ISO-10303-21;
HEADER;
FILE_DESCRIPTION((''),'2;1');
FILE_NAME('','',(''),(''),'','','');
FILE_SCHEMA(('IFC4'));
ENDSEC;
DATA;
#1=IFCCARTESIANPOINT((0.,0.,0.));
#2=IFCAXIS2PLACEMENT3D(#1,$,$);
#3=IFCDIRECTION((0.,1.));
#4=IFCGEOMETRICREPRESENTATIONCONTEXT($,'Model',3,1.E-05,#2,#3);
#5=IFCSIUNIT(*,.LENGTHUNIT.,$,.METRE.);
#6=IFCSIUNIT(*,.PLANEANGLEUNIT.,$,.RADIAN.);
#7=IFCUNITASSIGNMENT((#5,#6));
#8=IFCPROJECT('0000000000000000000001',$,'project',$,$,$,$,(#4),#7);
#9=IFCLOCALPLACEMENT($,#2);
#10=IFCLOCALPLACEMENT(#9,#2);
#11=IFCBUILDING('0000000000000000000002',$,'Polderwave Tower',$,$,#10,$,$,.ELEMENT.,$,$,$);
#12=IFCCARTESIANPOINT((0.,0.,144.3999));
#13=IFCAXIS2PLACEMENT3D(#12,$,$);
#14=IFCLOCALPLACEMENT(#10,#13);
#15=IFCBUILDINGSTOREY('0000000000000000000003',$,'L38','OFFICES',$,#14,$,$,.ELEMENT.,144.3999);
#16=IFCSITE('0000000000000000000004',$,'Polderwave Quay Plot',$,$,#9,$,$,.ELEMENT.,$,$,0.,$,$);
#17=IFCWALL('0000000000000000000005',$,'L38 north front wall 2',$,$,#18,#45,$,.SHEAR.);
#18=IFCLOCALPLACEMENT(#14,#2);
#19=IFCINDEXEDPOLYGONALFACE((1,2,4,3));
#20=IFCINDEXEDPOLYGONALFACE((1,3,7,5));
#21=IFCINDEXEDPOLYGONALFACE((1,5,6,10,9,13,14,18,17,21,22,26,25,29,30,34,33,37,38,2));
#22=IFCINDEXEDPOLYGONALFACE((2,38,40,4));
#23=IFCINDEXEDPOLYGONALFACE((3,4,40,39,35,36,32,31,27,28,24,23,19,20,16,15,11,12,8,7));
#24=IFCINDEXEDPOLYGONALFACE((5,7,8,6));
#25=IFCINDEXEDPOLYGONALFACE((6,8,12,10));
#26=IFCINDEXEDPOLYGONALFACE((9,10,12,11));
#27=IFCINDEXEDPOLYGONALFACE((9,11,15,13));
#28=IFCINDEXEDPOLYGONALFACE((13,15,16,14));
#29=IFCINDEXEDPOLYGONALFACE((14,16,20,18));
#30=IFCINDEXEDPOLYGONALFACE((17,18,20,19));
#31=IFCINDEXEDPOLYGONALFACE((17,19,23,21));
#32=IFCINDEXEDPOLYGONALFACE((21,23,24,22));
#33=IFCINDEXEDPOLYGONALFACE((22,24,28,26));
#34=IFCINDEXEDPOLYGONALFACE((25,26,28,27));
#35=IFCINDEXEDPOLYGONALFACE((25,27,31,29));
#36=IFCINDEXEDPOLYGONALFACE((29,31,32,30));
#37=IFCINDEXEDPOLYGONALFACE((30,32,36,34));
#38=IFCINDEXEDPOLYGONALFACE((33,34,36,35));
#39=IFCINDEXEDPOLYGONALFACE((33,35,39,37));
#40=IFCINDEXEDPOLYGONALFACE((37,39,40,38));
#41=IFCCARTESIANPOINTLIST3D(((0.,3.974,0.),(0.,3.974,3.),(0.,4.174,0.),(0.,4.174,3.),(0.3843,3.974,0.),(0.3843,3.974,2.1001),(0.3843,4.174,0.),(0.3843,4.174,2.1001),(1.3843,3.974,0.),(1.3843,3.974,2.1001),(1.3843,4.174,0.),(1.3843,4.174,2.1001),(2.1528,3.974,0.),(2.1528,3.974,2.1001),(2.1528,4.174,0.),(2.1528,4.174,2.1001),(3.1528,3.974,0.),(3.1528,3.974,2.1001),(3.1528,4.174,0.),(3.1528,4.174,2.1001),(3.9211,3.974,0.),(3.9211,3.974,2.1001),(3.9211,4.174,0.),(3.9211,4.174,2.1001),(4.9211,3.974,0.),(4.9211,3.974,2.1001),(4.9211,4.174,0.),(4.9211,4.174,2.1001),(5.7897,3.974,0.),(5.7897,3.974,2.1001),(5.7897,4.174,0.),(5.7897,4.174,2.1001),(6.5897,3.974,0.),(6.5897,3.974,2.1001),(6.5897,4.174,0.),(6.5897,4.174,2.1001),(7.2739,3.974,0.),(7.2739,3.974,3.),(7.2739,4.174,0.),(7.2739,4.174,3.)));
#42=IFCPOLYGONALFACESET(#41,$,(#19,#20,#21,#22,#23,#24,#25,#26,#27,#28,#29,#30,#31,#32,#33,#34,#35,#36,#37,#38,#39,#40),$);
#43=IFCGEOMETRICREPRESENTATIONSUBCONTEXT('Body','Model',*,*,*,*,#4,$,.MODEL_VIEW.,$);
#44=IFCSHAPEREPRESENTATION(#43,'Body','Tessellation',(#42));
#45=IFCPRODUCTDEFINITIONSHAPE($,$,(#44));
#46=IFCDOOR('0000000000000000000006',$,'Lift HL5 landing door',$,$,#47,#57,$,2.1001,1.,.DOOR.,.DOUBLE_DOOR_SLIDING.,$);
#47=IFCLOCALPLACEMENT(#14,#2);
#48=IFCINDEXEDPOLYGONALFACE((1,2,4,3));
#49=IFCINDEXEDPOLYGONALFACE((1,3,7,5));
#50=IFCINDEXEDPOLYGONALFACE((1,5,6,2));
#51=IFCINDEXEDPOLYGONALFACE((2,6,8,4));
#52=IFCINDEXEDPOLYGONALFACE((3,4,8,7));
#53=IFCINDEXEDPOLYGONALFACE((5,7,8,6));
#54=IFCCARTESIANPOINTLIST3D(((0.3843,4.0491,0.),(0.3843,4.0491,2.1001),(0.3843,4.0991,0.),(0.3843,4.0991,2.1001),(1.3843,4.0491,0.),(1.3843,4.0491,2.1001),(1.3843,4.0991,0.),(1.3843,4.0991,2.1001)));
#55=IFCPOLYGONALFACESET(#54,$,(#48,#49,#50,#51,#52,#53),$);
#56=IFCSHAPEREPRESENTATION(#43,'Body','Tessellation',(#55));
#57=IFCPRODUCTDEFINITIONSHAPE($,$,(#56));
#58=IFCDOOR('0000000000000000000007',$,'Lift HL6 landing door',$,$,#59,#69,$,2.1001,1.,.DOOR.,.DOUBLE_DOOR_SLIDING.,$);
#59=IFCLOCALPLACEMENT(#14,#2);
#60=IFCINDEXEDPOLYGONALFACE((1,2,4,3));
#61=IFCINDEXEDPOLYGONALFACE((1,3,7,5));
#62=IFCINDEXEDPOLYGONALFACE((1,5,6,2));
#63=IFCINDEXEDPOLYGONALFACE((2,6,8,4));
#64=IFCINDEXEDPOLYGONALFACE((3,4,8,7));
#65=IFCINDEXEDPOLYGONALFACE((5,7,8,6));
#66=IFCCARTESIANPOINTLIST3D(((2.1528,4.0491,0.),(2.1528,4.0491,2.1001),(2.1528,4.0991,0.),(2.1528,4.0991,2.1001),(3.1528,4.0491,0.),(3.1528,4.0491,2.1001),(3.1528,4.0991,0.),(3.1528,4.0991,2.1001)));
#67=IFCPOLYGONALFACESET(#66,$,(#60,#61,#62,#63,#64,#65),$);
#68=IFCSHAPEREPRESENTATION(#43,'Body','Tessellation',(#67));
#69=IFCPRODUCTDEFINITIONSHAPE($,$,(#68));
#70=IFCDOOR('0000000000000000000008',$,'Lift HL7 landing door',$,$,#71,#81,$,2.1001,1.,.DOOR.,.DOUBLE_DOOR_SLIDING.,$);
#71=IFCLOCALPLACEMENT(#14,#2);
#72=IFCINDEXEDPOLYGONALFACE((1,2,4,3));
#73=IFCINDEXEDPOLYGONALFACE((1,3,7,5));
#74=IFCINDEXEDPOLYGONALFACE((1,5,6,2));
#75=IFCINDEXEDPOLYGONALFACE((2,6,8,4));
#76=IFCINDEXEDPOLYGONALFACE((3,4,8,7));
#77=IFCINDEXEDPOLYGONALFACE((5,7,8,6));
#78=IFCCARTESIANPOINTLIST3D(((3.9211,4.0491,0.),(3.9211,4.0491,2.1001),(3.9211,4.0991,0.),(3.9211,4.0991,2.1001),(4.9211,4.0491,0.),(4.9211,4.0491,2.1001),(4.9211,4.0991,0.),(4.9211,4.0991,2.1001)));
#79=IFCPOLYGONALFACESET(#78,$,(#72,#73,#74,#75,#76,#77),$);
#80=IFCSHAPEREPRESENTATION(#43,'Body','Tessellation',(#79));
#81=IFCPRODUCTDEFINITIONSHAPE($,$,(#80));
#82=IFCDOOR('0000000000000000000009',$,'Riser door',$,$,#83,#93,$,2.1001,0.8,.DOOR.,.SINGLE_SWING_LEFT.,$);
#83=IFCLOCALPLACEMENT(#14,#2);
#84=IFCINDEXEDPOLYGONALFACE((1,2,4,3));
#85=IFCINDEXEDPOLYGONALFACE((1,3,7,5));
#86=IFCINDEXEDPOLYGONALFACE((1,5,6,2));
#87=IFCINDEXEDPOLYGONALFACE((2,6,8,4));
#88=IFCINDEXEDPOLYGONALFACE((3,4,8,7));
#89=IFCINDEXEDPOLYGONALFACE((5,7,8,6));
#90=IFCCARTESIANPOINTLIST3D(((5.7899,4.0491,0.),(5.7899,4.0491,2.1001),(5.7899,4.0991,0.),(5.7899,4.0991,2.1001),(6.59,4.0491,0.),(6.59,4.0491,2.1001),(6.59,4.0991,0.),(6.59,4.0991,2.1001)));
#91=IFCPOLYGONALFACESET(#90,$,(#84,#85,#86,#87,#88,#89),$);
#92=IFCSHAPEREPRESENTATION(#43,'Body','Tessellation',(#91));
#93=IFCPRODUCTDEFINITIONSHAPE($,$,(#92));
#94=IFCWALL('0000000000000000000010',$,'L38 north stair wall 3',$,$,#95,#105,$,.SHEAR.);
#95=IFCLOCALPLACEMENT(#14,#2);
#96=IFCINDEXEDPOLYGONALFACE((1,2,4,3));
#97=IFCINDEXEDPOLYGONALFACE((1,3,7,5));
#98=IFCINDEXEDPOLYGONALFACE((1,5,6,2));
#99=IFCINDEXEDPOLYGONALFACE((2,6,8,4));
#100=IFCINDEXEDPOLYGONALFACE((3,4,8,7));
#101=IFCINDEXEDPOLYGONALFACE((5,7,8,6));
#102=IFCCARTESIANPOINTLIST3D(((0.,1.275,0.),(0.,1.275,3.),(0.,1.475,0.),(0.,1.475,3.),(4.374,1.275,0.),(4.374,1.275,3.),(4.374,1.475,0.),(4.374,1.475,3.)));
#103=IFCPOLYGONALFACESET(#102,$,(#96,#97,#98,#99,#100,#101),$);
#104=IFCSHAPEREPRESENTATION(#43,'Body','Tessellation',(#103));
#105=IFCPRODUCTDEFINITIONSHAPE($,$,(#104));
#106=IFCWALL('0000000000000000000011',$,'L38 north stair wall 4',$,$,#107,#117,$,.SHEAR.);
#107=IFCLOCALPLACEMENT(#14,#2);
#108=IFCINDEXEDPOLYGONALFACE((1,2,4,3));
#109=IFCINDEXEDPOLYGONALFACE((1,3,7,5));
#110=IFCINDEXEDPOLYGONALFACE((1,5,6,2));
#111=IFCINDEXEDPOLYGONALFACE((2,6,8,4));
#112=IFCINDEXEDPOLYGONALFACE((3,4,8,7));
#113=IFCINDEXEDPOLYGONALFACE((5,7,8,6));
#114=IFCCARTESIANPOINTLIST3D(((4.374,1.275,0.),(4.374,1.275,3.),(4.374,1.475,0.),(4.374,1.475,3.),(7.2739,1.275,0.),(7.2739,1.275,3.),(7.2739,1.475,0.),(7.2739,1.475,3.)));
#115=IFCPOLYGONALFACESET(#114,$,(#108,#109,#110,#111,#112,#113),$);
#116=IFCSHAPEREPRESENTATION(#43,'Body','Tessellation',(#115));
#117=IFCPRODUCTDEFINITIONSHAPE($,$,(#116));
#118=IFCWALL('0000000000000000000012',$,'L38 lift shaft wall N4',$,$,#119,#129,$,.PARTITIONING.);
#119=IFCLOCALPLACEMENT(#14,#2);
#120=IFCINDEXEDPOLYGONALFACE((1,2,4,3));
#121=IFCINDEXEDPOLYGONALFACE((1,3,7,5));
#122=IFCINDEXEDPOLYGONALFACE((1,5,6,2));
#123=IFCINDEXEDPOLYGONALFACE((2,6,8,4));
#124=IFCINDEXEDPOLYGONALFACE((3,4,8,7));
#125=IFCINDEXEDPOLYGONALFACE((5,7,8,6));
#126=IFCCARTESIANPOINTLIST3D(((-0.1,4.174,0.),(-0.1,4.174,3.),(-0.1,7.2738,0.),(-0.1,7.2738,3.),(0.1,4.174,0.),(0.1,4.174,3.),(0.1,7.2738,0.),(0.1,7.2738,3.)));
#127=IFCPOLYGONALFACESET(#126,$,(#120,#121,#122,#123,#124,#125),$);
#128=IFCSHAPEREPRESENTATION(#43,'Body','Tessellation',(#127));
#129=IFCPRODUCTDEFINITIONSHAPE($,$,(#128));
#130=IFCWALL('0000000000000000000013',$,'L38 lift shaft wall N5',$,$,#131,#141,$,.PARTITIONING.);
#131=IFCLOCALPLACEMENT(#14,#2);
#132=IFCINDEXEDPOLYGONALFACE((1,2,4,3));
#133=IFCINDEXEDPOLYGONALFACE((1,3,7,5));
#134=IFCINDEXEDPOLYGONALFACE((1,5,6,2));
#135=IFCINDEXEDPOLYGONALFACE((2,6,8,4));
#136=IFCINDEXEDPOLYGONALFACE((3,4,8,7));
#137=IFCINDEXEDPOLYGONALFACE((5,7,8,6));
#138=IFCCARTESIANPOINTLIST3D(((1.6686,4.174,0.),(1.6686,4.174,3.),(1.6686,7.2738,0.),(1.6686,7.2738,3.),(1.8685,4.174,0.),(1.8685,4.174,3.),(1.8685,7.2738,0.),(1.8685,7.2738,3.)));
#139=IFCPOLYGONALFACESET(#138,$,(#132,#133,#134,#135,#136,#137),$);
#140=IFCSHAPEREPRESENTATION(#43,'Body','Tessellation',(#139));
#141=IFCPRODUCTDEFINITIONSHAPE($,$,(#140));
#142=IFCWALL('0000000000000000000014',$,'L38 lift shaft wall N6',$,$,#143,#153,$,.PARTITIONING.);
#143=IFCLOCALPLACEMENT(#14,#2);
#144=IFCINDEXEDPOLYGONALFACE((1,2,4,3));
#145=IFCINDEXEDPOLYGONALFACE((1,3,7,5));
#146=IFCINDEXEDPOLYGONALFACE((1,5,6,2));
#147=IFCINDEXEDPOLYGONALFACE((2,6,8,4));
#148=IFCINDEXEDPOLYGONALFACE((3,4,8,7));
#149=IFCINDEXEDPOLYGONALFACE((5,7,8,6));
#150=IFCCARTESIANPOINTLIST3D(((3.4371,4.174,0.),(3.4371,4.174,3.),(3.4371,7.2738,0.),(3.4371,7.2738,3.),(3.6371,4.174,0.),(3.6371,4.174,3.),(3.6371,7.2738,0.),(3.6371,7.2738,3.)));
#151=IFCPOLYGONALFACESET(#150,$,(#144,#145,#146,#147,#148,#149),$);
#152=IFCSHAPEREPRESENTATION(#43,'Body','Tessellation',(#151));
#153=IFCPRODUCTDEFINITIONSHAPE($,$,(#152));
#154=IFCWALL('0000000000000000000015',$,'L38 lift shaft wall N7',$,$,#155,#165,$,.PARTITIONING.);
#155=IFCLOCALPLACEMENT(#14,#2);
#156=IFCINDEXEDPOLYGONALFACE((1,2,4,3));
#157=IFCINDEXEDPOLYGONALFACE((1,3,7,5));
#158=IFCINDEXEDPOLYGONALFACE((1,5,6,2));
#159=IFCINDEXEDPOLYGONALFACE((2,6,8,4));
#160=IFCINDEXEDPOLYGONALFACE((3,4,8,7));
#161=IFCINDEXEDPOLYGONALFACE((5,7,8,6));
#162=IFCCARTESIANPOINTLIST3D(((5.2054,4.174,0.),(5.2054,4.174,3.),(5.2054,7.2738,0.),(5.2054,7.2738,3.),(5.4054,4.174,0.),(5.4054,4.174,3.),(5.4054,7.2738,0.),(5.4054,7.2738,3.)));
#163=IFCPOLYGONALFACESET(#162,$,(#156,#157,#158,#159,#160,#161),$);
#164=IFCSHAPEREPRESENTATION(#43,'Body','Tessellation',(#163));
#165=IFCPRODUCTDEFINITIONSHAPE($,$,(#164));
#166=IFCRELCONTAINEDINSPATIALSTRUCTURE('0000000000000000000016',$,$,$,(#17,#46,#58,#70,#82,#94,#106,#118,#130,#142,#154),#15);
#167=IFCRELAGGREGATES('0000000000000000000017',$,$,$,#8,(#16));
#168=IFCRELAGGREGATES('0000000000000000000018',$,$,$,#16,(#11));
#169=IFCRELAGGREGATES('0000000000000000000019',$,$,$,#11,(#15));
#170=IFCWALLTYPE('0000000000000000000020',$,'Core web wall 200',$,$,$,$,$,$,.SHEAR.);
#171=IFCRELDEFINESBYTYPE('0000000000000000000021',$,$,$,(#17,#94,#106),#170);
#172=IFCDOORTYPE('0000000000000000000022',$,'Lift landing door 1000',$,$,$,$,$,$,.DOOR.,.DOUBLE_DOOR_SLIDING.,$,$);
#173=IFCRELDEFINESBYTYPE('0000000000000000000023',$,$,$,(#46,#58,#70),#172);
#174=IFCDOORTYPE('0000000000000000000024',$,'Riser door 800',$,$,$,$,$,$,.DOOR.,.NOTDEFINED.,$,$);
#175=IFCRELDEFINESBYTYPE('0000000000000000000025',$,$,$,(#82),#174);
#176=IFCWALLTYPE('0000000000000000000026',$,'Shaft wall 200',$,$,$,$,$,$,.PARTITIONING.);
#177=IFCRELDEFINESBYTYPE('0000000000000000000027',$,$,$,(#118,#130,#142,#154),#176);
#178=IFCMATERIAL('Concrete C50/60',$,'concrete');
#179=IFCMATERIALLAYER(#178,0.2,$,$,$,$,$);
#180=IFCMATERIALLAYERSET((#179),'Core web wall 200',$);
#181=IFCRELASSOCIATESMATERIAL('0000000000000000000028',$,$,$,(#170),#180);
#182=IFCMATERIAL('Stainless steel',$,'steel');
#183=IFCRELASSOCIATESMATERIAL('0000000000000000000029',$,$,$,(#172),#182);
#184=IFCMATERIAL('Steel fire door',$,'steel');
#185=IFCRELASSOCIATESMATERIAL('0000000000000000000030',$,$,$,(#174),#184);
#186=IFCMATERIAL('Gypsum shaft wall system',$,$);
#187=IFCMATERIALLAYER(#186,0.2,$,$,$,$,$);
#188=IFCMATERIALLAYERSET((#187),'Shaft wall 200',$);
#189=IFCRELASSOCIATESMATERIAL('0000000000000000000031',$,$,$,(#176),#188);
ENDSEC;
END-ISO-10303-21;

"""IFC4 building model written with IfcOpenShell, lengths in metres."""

from ifc_helpers import new_model, si_unit, direction, frame, frame_2d, origin, place, context, subcontext, project, spatial, rectangle, extrude, material, layer, layer_set, type_object, element, fill, save


model = new_model("IFC4")

# Units and contexts
model_context = context("Model", 3, precision=1e-05, world=origin(), true_north=direction((0.0, 1.0)))
body_context = subcontext(model_context, "Body", "Model", "MODEL_VIEW")
ifc_project = project(units=[si_unit("LENGTHUNIT", "METRE"), si_unit("PLANEANGLEUNIT", "RADIAN")], contexts=[model_context])

# Site, building, storey
site_placement = place(None, origin())
site = spatial("IfcSite", under=ifc_project, at=site_placement, Name="Polderwave Quay Plot", CompositionType="ELEMENT", RefElevation=0.0)
building_placement = place(site_placement, origin())
building = spatial("IfcBuilding", under=site, at=building_placement, Name="Polderwave Tower", CompositionType="ELEMENT")
storey_placement = place(building_placement, frame((0.0, 0.0, 144.3999)))
storey = spatial("IfcBuildingStorey", under=building, at=storey_placement, Name="L38", Description="OFFICES", CompositionType="ELEMENT", Elevation=144.3999)

# Wall, openings, doors
ifc_material_1 = material(Name="Concrete C50/60", Category="concrete")
ifc_layer_1 = layer(ifc_material_1, 0.2)
ifc_layer_set_1 = layer_set([ifc_layer_1], Name="Core web wall 200")
wall_type_1 = type_object("IfcWallType", Name="Core web wall 200", PredefinedType="SHEAR", material=ifc_layer_set_1)
wall_1_placement = place(storey_placement, frame((0.0, 4.074, 0.0), z_axis=(0.0, 0.0, 1.0), x_axis=(1.0, 0.0, 0.0)))
wall_1 = element("IfcWall", 1, at=wall_1_placement, inside=storey, type_object=wall_type_1, Name="L38 north front wall 2", PredefinedType="SHEAR", context=body_context, shape_type="SweptSolid", body=[
    extrude(rectangle(XDim=7.2739, YDim=0.2, at=frame_2d((3.637, 0.0))), origin(), (0.0, 0.0, 1.0), 3.0),
])
opening_1_placement = place(wall_1_placement, frame((0.3843, 0.0, 0.0)))
opening_1 = element("IfcOpeningElement", 2, at=opening_1_placement, cuts=wall_1, PredefinedType="OPENING", context=body_context, shape_type="SweptSolid", body=[
    extrude(rectangle(XDim=1.0, YDim=2.1001, at=frame_2d((0.5, 1.05))), frame((0.0, 0.1099, 0.0), z_axis=(0.0, -1.0, 0.0), x_axis=(1.0, 0.0, 0.0)), (0.0, 0.0, 1.0), 0.22),
])
opening_2_placement = place(wall_1_placement, frame((2.1528, 0.0, 0.0)))
opening_2 = element("IfcOpeningElement", 3, at=opening_2_placement, cuts=wall_1, PredefinedType="OPENING", context=body_context, shape_type="SweptSolid", body=[
    extrude(rectangle(XDim=1.0, YDim=2.1001, at=frame_2d((0.5, 1.05))), frame((0.0, 0.1099, 0.0), z_axis=(0.0, -1.0, 0.0), x_axis=(1.0, 0.0, 0.0)), (0.0, 0.0, 1.0), 0.22),
])
opening_3_placement = place(wall_1_placement, frame((3.9211, 0.0, 0.0)))
opening_3 = element("IfcOpeningElement", 4, at=opening_3_placement, cuts=wall_1, PredefinedType="OPENING", context=body_context, shape_type="SweptSolid", body=[
    extrude(rectangle(XDim=1.0, YDim=2.1001, at=frame_2d((0.5, 1.05))), frame((0.0, 0.1099, 0.0), z_axis=(0.0, -1.0, 0.0), x_axis=(1.0, 0.0, 0.0)), (0.0, 0.0, 1.0), 0.22),
])
opening_4_placement = place(wall_1_placement, frame((5.7898, 0.0, 0.0)))
opening_4 = element("IfcOpeningElement", 5, at=opening_4_placement, cuts=wall_1, PredefinedType="OPENING", context=body_context, shape_type="SweptSolid", body=[
    extrude(rectangle(XDim=0.8, YDim=2.1001, at=frame_2d((0.3999, 1.05))), frame((0.0, 0.1099, 0.0), z_axis=(0.0, -1.0, 0.0), x_axis=(1.0, 0.0, 0.0)), (0.0, 0.0, 1.0), 0.22),
])
ifc_material_2 = material(Name="Stainless steel", Category="steel")
door_type_1 = type_object("IfcDoorType", Name="Lift landing door 1000", OperationType="DOUBLE_DOOR_SLIDING", PredefinedType="DOOR", material=ifc_material_2)
door_1_placement = place(opening_1_placement, frame((1.0, 0.0, 0.0), z_axis=(0.0, 0.0, 1.0), x_axis=(-1.0, 0.0, 0.0)))
door_1 = element("IfcDoor", 6, at=door_1_placement, inside=storey, type_object=door_type_1, Name="Lift HL5 landing door", OperationType="DOUBLE_DOOR_SLIDING", OverallHeight=2.1001, OverallWidth=1.0, PredefinedType="DOOR", context=body_context, shape_type="SweptSolid", body=[
    extrude(rectangle(XDim=1.0, YDim=2.1001, at=frame_2d((0.5, 1.05))), frame((0.0, 0.0249, 0.0), z_axis=(0.0, -1.0, 0.0), x_axis=(1.0, 0.0, 0.0)), (0.0, 0.0, 1.0), 0.05),
])
fill(opening_1, door_1)
door_2_placement = place(opening_2_placement, frame((1.0, 0.0, 0.0), z_axis=(0.0, 0.0, 1.0), x_axis=(-1.0, 0.0, 0.0)))
door_2 = element("IfcDoor", 7, at=door_2_placement, inside=storey, type_object=door_type_1, Name="Lift HL6 landing door", OperationType="DOUBLE_DOOR_SLIDING", OverallHeight=2.1001, OverallWidth=1.0, PredefinedType="DOOR", context=body_context, shape_type="SweptSolid", body=[
    extrude(rectangle(XDim=1.0, YDim=2.1001, at=frame_2d((0.5, 1.05))), frame((0.0, 0.0249, 0.0), z_axis=(0.0, -1.0, 0.0), x_axis=(1.0, 0.0, 0.0)), (0.0, 0.0, 1.0), 0.05),
])
fill(opening_2, door_2)
door_3_placement = place(opening_3_placement, frame((1.0, 0.0, 0.0), z_axis=(0.0, 0.0, 1.0), x_axis=(-1.0, 0.0, 0.0)))
door_3 = element("IfcDoor", 8, at=door_3_placement, inside=storey, type_object=door_type_1, Name="Lift HL7 landing door", OperationType="DOUBLE_DOOR_SLIDING", OverallHeight=2.1001, OverallWidth=1.0, PredefinedType="DOOR", context=body_context, shape_type="SweptSolid", body=[
    extrude(rectangle(XDim=1.0, YDim=2.1001, at=frame_2d((0.5, 1.05))), frame((0.0, 0.0249, 0.0), z_axis=(0.0, -1.0, 0.0), x_axis=(1.0, 0.0, 0.0)), (0.0, 0.0, 1.0), 0.05),
])
fill(opening_3, door_3)
ifc_material_3 = material(Name="Steel fire door", Category="steel")
door_type_2 = type_object("IfcDoorType", Name="Riser door 800", OperationType="NOTDEFINED", PredefinedType="DOOR", material=ifc_material_3)
door_4_placement = place(opening_4_placement, frame((0.8, 0.0, 0.0), z_axis=(0.0, 0.0, 1.0), x_axis=(-1.0, 0.0, 0.0)))
door_4 = element("IfcDoor", 9, at=door_4_placement, inside=storey, type_object=door_type_2, Name="Riser door", OperationType="SINGLE_SWING_LEFT", OverallHeight=2.1001, OverallWidth=0.8, PredefinedType="DOOR", context=body_context, shape_type="SweptSolid", body=[
    extrude(rectangle(XDim=0.8, YDim=2.1001, at=frame_2d((0.3999, 1.05))), frame((0.0, 0.0249, 0.0), z_axis=(0.0, -1.0, 0.0), x_axis=(1.0, 0.0, 0.0)), (0.0, 0.0, 1.0), 0.05),
])
fill(opening_4, door_4)

# Walls
wall_2_placement = place(storey_placement, frame((0.0, 1.375, 0.0), z_axis=(0.0, 0.0, 1.0), x_axis=(1.0, 0.0, 0.0)))
element("IfcWall", 10, at=wall_2_placement, inside=storey, type_object=wall_type_1, Name="L38 north stair wall 3", PredefinedType="SHEAR", context=body_context, shape_type="SweptSolid", body=[
    extrude(rectangle(XDim=4.374, YDim=0.2, at=frame_2d((2.187, 0.0))), origin(), (0.0, 0.0, 1.0), 3.0),
])
wall_3_placement = place(storey_placement, frame((4.374, 1.375, 0.0), z_axis=(0.0, 0.0, 1.0), x_axis=(1.0, 0.0, 0.0)))
element("IfcWall", 11, at=wall_3_placement, inside=storey, type_object=wall_type_1, Name="L38 north stair wall 4", PredefinedType="SHEAR", context=body_context, shape_type="SweptSolid", body=[
    extrude(rectangle(XDim=2.8999, YDim=0.2, at=frame_2d((1.45, 0.0))), origin(), (0.0, 0.0, 1.0), 3.0),
])
ifc_material_4 = material(Name="Gypsum shaft wall system")
ifc_layer_2 = layer(ifc_material_4, 0.2)
ifc_layer_set_2 = layer_set([ifc_layer_2], Name="Shaft wall 200")
wall_type_2 = type_object("IfcWallType", Name="Shaft wall 200", PredefinedType="PARTITIONING", material=ifc_layer_set_2)
for number, where, z_axis, x_axis, name in (
    (12, (0.0, 4.1741, 0.0), (0.0, 0.0, 1.0), (0.0, 1.0, 0.0), "L38 lift shaft wall N4"),
    (13, (1.7686, 4.1741, 0.0), (0.0, 0.0, 1.0), (0.0, 1.0, 0.0), "L38 lift shaft wall N5"),
    (14, (3.5371, 4.1741, 0.0), (0.0, 0.0, 1.0), (0.0, 1.0, 0.0), "L38 lift shaft wall N6"),
    (15, (5.3054, 4.1741, 0.0), (0.0, 0.0, 1.0), (0.0, 1.0, 0.0), "L38 lift shaft wall N7"),
):
    element("IfcWall", number, at=place(storey_placement, frame(where, z_axis=z_axis, x_axis=x_axis)), inside=storey, type_object=wall_type_2, Name=name, PredefinedType="PARTITIONING", context=body_context, shape_type="SweptSolid", body=[
        extrude(rectangle(XDim=3.0999, YDim=0.2, at=frame_2d((1.5498, 0.0))), origin(), (0.0, 0.0, 1.0), 3.0),
    ])

save(model, "model.ifc")
